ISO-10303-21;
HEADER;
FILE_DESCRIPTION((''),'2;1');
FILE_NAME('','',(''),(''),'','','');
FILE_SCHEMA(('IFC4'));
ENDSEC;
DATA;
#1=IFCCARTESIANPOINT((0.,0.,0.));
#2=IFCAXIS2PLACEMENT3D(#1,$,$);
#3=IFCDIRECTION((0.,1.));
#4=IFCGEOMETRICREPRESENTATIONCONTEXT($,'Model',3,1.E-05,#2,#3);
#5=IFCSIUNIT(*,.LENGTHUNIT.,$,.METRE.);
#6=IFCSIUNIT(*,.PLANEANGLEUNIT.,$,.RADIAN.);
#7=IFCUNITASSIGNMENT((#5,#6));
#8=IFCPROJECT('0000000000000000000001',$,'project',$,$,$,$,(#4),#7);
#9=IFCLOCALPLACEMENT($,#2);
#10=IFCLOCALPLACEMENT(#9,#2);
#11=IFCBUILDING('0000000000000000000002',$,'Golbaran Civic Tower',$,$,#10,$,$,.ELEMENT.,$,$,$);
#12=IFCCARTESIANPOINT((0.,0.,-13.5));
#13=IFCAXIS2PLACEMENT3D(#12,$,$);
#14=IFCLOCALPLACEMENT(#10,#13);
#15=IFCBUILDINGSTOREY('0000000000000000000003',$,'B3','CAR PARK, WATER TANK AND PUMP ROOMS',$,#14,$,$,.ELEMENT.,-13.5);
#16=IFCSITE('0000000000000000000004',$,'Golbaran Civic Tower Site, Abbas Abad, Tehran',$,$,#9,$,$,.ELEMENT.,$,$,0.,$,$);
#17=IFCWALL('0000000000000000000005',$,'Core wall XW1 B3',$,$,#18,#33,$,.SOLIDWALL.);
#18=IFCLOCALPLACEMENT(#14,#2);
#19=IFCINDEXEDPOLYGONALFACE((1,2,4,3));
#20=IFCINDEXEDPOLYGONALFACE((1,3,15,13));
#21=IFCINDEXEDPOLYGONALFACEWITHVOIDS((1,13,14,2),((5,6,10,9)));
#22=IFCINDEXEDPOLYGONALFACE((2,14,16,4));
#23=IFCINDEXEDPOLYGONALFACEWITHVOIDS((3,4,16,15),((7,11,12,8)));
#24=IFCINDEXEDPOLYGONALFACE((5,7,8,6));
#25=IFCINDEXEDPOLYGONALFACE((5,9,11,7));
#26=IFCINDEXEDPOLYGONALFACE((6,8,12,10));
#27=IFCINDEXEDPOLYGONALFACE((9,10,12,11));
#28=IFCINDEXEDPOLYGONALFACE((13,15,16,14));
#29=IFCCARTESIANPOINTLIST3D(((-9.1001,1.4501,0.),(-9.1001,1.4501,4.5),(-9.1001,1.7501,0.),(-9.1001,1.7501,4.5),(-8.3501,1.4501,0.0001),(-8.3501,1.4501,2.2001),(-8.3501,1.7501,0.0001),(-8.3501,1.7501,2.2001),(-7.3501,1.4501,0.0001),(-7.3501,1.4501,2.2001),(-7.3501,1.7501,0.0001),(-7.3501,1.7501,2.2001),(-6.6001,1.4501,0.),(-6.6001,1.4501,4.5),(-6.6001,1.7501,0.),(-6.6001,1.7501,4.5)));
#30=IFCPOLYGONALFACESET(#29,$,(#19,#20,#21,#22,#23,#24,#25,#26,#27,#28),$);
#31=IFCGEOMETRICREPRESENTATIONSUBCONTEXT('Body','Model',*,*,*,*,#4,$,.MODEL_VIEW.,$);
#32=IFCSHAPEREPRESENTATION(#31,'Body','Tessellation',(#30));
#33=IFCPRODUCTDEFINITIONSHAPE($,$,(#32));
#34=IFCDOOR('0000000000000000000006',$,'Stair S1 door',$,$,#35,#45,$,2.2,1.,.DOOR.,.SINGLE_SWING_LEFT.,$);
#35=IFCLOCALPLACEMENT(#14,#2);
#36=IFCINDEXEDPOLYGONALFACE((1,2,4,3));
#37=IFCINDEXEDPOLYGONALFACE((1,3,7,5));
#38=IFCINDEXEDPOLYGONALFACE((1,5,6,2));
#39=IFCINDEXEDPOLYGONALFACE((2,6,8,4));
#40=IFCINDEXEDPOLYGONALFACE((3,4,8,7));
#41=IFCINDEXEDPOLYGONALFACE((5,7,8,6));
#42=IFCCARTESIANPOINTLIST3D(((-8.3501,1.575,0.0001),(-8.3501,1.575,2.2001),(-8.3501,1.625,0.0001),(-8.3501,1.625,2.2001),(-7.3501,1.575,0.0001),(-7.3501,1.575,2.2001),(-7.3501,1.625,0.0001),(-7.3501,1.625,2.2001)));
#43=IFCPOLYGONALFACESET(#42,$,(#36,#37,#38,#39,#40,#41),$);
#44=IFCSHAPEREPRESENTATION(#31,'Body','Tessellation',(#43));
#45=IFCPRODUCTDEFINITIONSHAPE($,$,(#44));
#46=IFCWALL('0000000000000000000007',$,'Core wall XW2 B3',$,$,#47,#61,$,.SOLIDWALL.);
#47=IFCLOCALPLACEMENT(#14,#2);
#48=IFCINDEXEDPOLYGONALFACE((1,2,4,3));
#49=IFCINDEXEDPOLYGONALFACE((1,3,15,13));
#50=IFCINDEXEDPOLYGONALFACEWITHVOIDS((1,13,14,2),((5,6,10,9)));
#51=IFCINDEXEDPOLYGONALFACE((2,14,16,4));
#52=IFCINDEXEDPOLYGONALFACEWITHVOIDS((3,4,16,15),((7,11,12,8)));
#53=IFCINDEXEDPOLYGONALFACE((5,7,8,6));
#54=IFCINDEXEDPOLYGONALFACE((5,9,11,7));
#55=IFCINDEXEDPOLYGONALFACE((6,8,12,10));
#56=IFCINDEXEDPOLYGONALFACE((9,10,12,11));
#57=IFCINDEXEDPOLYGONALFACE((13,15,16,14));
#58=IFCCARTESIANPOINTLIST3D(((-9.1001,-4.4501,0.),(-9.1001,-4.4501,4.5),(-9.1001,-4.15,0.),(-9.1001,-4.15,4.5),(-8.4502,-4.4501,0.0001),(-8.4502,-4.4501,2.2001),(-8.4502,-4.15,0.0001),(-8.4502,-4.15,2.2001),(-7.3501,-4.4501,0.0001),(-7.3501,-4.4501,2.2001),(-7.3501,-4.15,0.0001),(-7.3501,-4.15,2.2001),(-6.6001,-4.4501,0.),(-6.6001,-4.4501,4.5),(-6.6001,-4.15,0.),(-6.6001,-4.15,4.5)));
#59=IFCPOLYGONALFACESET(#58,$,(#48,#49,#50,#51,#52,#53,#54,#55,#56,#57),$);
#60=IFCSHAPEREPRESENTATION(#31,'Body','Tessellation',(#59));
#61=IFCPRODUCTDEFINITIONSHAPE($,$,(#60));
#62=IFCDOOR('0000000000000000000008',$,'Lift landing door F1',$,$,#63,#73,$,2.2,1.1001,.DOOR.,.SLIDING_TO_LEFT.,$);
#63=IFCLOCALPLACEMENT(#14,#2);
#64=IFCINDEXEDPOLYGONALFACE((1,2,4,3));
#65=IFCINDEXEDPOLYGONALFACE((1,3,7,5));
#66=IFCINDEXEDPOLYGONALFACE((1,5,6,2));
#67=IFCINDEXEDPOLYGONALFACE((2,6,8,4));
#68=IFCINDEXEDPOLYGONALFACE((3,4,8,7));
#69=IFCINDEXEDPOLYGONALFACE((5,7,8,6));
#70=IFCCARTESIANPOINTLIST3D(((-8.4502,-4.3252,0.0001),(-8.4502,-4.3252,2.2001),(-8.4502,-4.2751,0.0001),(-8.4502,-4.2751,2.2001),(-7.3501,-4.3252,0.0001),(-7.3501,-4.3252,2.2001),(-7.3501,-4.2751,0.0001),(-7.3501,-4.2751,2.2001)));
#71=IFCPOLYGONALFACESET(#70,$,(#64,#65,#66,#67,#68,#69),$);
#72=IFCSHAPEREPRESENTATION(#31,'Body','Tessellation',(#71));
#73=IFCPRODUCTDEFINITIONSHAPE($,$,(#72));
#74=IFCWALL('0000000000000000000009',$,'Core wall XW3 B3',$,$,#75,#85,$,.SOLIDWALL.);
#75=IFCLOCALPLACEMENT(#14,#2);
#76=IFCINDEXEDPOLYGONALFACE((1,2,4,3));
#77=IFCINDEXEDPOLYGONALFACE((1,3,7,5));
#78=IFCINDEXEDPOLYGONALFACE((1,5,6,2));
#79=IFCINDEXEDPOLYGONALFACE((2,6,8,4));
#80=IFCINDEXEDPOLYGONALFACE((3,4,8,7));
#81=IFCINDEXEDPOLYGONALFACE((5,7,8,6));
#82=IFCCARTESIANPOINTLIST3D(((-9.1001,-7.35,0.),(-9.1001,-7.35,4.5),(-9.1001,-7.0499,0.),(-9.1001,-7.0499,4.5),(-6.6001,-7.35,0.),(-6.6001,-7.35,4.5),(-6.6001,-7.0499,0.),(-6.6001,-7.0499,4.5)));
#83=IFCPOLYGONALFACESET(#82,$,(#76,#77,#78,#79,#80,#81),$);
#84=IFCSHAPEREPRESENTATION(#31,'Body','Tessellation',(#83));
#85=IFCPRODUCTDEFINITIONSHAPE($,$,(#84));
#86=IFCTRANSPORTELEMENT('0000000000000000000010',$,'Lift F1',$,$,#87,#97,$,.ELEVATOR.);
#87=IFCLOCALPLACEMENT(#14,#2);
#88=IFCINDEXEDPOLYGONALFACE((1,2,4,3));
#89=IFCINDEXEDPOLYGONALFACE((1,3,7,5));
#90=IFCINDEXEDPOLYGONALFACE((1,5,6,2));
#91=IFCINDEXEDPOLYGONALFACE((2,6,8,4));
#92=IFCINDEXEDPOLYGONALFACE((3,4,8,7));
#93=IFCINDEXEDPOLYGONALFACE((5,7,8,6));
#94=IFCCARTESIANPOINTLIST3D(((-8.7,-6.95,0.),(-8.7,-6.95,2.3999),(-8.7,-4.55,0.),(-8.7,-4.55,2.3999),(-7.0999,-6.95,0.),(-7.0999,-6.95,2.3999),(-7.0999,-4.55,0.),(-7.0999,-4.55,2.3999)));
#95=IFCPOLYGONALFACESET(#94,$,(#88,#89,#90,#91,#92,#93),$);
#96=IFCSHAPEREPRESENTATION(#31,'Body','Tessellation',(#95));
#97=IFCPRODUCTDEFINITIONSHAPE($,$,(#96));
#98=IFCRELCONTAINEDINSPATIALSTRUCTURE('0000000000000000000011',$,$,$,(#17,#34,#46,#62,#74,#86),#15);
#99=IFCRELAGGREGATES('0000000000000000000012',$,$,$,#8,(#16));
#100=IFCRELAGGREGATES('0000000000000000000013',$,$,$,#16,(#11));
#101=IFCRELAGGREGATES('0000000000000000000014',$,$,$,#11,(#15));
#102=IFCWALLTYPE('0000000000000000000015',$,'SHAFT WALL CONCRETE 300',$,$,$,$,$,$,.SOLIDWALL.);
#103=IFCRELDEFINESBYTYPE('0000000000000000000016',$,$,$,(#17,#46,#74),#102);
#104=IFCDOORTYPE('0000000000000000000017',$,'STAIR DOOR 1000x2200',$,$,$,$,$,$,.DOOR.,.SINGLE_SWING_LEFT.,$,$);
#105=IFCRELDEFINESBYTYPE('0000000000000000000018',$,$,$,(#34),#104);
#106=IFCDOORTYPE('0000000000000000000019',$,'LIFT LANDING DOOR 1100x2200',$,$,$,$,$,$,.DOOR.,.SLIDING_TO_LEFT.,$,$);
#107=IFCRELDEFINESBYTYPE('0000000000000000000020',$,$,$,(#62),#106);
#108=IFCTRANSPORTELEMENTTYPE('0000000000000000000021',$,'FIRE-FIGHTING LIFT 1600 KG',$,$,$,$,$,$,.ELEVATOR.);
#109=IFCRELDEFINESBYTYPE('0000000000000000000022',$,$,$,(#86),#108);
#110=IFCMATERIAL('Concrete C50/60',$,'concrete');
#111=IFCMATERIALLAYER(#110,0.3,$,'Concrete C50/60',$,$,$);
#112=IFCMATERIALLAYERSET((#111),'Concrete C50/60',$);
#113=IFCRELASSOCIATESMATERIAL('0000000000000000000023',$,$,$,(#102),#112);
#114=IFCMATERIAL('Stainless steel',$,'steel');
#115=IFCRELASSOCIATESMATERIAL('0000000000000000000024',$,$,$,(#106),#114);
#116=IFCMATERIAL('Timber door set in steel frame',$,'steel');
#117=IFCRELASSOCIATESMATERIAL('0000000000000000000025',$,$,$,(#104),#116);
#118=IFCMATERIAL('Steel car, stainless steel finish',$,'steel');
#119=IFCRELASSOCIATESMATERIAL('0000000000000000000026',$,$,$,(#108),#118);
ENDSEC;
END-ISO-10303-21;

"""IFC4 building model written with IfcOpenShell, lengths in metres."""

from ifc_helpers import new_model, si_unit, direction, frame, frame_2d, origin, origin_2d, place, context, subcontext, project, spatial, rectangle, extrude, material, layer, layer_set, type_object, element, fill, save


model = new_model("IFC4")

# Units and contexts
model_context = context("Model", 3, precision=1e-05, world=origin(), true_north=direction((0.0, 1.0)))
body_context = subcontext(model_context, "Body", "Model", "MODEL_VIEW")
ifc_project = project(units=[si_unit("LENGTHUNIT", "METRE"), si_unit("PLANEANGLEUNIT", "RADIAN")], contexts=[model_context])

# Site, building, storey
site_placement = place(None, origin())
site = spatial("IfcSite", under=ifc_project, at=site_placement, Name="Golbaran Civic Tower Site, Abbas Abad, Tehran", CompositionType="ELEMENT", RefElevation=0.0)
building_placement = place(site_placement, origin())
building = spatial("IfcBuilding", under=site, at=building_placement, Name="Golbaran Civic Tower", CompositionType="ELEMENT")
storey_placement = place(building_placement, frame((0.0, 0.0, -13.5)))
storey = spatial("IfcBuildingStorey", under=building, at=storey_placement, Name="B3", Description="CAR PARK, WATER TANK AND PUMP ROOMS", CompositionType="ELEMENT", Elevation=-13.5)

# Shared definitions
ifc_material_1 = material(Name="Concrete C50/60", Category="concrete")

# Shared definitions
ifc_layer_1 = layer(ifc_material_1, 0.3, Name="Concrete C50/60")
ifc_layer_set_1 = layer_set([ifc_layer_1], Name="Concrete C50/60")
wall_type_1 = type_object("IfcWallType", Name="SHAFT WALL CONCRETE 300", PredefinedType="SOLIDWALL", material=ifc_layer_set_1)
ifc_material_2 = material(Name="Stainless steel", Category="steel")
door_type_1 = type_object("IfcDoorType", Name="LIFT LANDING DOOR 1100x2200", OperationType="SLIDING_TO_LEFT", PredefinedType="DOOR", material=ifc_material_2)

# Walls, openings, doors
wall_1_placement = place(storey_placement, frame((-9.1001, 1.6001, 0.0), z_axis=(0.0, 0.0, 1.0), x_axis=(1.0, 0.0, 0.0)))
wall_1 = element("IfcWall", 1, at=wall_1_placement, inside=storey, type_object=wall_type_1, Name="Core wall XW1 B3", PredefinedType="SOLIDWALL", context=body_context, shape_type="SweptSolid", body=[
    extrude(rectangle(XDim=2.5, YDim=0.3, at=frame_2d((1.25, 0.0))), origin(), (0.0, 0.0, 1.0), 4.5),
])
opening_1_placement = place(wall_1_placement, frame((0.75, 0.0, 0.0)))
opening_1 = element("IfcOpeningElement", 2, at=opening_1_placement, cuts=wall_1, PredefinedType="OPENING", context=body_context, shape_type="SweptSolid", body=[
    extrude(rectangle(XDim=1.0, YDim=2.2, at=frame_2d((0.5, 1.1001))), frame((0.0, 0.1599, 0.0), z_axis=(0.0, -1.0, 0.0), x_axis=(1.0, 0.0, 0.0)), (0.0, 0.0, 1.0), 0.3201),
])
ifc_material_3 = material(Name="Timber door set in steel frame", Category="steel")
door_type_2 = type_object("IfcDoorType", Name="STAIR DOOR 1000x2200", OperationType="SINGLE_SWING_LEFT", PredefinedType="DOOR", material=ifc_material_3)
door_1_placement = place(opening_1_placement, origin())
door_1 = element("IfcDoor", 3, at=door_1_placement, inside=storey, type_object=door_type_2, Name="Stair S1 door", OperationType="SINGLE_SWING_LEFT", OverallHeight=2.2, OverallWidth=1.0, PredefinedType="DOOR", context=body_context, shape_type="SweptSolid", body=[
    extrude(rectangle(XDim=1.0, YDim=2.2, at=frame_2d((0.5, 1.1001))), frame((0.0, 0.0249, 0.0), z_axis=(0.0, -1.0, 0.0), x_axis=(1.0, 0.0, 0.0)), (0.0, 0.0, 1.0), 0.05),
])
fill(opening_1, door_1)
wall_2_placement = place(storey_placement, frame((-9.1001, -4.3, 0.0), z_axis=(0.0, 0.0, 1.0), x_axis=(1.0, 0.0, 0.0)))
wall_2 = element("IfcWall", 4, at=wall_2_placement, inside=storey, type_object=wall_type_1, Name="Core wall XW2 B3", PredefinedType="SOLIDWALL", context=body_context, shape_type="SweptSolid", body=[
    extrude(rectangle(XDim=2.5, YDim=0.3, at=frame_2d((1.25, 0.0))), origin(), (0.0, 0.0, 1.0), 4.5),
])
opening_2_placement = place(wall_2_placement, frame((0.6499, 0.0, 0.0)))
opening_2 = element("IfcOpeningElement", 5, at=opening_2_placement, cuts=wall_2, PredefinedType="OPENING", context=body_context, shape_type="SweptSolid", body=[
    extrude(rectangle(XDim=1.1001, YDim=2.2, at=frame_2d((0.55, 1.1001))), frame((0.0, 0.1599, 0.0), z_axis=(0.0, -1.0, 0.0), x_axis=(1.0, 0.0, 0.0)), (0.0, 0.0, 1.0), 0.3201),
])
door_2_placement = place(opening_2_placement, origin())
door_2 = element("IfcDoor", 6, at=door_2_placement, inside=storey, type_object=door_type_1, Name="Lift landing door F1", OperationType="SLIDING_TO_LEFT", OverallHeight=2.2, OverallWidth=1.1001, PredefinedType="DOOR", context=body_context, shape_type="SweptSolid", body=[
    extrude(rectangle(XDim=1.1001, YDim=2.2, at=frame_2d((0.55, 1.1001))), frame((0.0, 0.0249, 0.0), z_axis=(0.0, -1.0, 0.0), x_axis=(1.0, 0.0, 0.0)), (0.0, 0.0, 1.0), 0.05),
])
fill(opening_2, door_2)

# Wall
wall_3_placement = place(storey_placement, frame((-9.1001, -7.2, 0.0), z_axis=(0.0, 0.0, 1.0), x_axis=(1.0, 0.0, 0.0)))
element("IfcWall", 7, at=wall_3_placement, inside=storey, type_object=wall_type_1, Name="Core wall XW3 B3", PredefinedType="SOLIDWALL", context=body_context, shape_type="SweptSolid", body=[
    extrude(rectangle(XDim=2.5, YDim=0.3, at=frame_2d((1.25, 0.0))), origin(), (0.0, 0.0, 1.0), 4.5),
])

# Transport element
ifc_material_4 = material(Name="Steel car, stainless steel finish", Category="steel")
transport_element_type = type_object("IfcTransportElementType", Name="FIRE-FIGHTING LIFT 1600 KG", PredefinedType="ELEVATOR", material=ifc_material_4)
transport_element_placement = place(storey_placement, frame((-7.8999, -5.75, 0.0), z_axis=(0.0, 0.0, 1.0), x_axis=(1.0, 0.0, 0.0)))
element("IfcTransportElement", 8, at=transport_element_placement, inside=storey, type_object=transport_element_type, Name="Lift F1", PredefinedType="ELEVATOR", context=body_context, shape_type="SweptSolid", body=[
    extrude(rectangle(XDim=1.6001, YDim=2.3999, at=origin_2d()), origin(), (0.0, 0.0, 1.0), 2.3999),
])

save(model, "model.ifc")
